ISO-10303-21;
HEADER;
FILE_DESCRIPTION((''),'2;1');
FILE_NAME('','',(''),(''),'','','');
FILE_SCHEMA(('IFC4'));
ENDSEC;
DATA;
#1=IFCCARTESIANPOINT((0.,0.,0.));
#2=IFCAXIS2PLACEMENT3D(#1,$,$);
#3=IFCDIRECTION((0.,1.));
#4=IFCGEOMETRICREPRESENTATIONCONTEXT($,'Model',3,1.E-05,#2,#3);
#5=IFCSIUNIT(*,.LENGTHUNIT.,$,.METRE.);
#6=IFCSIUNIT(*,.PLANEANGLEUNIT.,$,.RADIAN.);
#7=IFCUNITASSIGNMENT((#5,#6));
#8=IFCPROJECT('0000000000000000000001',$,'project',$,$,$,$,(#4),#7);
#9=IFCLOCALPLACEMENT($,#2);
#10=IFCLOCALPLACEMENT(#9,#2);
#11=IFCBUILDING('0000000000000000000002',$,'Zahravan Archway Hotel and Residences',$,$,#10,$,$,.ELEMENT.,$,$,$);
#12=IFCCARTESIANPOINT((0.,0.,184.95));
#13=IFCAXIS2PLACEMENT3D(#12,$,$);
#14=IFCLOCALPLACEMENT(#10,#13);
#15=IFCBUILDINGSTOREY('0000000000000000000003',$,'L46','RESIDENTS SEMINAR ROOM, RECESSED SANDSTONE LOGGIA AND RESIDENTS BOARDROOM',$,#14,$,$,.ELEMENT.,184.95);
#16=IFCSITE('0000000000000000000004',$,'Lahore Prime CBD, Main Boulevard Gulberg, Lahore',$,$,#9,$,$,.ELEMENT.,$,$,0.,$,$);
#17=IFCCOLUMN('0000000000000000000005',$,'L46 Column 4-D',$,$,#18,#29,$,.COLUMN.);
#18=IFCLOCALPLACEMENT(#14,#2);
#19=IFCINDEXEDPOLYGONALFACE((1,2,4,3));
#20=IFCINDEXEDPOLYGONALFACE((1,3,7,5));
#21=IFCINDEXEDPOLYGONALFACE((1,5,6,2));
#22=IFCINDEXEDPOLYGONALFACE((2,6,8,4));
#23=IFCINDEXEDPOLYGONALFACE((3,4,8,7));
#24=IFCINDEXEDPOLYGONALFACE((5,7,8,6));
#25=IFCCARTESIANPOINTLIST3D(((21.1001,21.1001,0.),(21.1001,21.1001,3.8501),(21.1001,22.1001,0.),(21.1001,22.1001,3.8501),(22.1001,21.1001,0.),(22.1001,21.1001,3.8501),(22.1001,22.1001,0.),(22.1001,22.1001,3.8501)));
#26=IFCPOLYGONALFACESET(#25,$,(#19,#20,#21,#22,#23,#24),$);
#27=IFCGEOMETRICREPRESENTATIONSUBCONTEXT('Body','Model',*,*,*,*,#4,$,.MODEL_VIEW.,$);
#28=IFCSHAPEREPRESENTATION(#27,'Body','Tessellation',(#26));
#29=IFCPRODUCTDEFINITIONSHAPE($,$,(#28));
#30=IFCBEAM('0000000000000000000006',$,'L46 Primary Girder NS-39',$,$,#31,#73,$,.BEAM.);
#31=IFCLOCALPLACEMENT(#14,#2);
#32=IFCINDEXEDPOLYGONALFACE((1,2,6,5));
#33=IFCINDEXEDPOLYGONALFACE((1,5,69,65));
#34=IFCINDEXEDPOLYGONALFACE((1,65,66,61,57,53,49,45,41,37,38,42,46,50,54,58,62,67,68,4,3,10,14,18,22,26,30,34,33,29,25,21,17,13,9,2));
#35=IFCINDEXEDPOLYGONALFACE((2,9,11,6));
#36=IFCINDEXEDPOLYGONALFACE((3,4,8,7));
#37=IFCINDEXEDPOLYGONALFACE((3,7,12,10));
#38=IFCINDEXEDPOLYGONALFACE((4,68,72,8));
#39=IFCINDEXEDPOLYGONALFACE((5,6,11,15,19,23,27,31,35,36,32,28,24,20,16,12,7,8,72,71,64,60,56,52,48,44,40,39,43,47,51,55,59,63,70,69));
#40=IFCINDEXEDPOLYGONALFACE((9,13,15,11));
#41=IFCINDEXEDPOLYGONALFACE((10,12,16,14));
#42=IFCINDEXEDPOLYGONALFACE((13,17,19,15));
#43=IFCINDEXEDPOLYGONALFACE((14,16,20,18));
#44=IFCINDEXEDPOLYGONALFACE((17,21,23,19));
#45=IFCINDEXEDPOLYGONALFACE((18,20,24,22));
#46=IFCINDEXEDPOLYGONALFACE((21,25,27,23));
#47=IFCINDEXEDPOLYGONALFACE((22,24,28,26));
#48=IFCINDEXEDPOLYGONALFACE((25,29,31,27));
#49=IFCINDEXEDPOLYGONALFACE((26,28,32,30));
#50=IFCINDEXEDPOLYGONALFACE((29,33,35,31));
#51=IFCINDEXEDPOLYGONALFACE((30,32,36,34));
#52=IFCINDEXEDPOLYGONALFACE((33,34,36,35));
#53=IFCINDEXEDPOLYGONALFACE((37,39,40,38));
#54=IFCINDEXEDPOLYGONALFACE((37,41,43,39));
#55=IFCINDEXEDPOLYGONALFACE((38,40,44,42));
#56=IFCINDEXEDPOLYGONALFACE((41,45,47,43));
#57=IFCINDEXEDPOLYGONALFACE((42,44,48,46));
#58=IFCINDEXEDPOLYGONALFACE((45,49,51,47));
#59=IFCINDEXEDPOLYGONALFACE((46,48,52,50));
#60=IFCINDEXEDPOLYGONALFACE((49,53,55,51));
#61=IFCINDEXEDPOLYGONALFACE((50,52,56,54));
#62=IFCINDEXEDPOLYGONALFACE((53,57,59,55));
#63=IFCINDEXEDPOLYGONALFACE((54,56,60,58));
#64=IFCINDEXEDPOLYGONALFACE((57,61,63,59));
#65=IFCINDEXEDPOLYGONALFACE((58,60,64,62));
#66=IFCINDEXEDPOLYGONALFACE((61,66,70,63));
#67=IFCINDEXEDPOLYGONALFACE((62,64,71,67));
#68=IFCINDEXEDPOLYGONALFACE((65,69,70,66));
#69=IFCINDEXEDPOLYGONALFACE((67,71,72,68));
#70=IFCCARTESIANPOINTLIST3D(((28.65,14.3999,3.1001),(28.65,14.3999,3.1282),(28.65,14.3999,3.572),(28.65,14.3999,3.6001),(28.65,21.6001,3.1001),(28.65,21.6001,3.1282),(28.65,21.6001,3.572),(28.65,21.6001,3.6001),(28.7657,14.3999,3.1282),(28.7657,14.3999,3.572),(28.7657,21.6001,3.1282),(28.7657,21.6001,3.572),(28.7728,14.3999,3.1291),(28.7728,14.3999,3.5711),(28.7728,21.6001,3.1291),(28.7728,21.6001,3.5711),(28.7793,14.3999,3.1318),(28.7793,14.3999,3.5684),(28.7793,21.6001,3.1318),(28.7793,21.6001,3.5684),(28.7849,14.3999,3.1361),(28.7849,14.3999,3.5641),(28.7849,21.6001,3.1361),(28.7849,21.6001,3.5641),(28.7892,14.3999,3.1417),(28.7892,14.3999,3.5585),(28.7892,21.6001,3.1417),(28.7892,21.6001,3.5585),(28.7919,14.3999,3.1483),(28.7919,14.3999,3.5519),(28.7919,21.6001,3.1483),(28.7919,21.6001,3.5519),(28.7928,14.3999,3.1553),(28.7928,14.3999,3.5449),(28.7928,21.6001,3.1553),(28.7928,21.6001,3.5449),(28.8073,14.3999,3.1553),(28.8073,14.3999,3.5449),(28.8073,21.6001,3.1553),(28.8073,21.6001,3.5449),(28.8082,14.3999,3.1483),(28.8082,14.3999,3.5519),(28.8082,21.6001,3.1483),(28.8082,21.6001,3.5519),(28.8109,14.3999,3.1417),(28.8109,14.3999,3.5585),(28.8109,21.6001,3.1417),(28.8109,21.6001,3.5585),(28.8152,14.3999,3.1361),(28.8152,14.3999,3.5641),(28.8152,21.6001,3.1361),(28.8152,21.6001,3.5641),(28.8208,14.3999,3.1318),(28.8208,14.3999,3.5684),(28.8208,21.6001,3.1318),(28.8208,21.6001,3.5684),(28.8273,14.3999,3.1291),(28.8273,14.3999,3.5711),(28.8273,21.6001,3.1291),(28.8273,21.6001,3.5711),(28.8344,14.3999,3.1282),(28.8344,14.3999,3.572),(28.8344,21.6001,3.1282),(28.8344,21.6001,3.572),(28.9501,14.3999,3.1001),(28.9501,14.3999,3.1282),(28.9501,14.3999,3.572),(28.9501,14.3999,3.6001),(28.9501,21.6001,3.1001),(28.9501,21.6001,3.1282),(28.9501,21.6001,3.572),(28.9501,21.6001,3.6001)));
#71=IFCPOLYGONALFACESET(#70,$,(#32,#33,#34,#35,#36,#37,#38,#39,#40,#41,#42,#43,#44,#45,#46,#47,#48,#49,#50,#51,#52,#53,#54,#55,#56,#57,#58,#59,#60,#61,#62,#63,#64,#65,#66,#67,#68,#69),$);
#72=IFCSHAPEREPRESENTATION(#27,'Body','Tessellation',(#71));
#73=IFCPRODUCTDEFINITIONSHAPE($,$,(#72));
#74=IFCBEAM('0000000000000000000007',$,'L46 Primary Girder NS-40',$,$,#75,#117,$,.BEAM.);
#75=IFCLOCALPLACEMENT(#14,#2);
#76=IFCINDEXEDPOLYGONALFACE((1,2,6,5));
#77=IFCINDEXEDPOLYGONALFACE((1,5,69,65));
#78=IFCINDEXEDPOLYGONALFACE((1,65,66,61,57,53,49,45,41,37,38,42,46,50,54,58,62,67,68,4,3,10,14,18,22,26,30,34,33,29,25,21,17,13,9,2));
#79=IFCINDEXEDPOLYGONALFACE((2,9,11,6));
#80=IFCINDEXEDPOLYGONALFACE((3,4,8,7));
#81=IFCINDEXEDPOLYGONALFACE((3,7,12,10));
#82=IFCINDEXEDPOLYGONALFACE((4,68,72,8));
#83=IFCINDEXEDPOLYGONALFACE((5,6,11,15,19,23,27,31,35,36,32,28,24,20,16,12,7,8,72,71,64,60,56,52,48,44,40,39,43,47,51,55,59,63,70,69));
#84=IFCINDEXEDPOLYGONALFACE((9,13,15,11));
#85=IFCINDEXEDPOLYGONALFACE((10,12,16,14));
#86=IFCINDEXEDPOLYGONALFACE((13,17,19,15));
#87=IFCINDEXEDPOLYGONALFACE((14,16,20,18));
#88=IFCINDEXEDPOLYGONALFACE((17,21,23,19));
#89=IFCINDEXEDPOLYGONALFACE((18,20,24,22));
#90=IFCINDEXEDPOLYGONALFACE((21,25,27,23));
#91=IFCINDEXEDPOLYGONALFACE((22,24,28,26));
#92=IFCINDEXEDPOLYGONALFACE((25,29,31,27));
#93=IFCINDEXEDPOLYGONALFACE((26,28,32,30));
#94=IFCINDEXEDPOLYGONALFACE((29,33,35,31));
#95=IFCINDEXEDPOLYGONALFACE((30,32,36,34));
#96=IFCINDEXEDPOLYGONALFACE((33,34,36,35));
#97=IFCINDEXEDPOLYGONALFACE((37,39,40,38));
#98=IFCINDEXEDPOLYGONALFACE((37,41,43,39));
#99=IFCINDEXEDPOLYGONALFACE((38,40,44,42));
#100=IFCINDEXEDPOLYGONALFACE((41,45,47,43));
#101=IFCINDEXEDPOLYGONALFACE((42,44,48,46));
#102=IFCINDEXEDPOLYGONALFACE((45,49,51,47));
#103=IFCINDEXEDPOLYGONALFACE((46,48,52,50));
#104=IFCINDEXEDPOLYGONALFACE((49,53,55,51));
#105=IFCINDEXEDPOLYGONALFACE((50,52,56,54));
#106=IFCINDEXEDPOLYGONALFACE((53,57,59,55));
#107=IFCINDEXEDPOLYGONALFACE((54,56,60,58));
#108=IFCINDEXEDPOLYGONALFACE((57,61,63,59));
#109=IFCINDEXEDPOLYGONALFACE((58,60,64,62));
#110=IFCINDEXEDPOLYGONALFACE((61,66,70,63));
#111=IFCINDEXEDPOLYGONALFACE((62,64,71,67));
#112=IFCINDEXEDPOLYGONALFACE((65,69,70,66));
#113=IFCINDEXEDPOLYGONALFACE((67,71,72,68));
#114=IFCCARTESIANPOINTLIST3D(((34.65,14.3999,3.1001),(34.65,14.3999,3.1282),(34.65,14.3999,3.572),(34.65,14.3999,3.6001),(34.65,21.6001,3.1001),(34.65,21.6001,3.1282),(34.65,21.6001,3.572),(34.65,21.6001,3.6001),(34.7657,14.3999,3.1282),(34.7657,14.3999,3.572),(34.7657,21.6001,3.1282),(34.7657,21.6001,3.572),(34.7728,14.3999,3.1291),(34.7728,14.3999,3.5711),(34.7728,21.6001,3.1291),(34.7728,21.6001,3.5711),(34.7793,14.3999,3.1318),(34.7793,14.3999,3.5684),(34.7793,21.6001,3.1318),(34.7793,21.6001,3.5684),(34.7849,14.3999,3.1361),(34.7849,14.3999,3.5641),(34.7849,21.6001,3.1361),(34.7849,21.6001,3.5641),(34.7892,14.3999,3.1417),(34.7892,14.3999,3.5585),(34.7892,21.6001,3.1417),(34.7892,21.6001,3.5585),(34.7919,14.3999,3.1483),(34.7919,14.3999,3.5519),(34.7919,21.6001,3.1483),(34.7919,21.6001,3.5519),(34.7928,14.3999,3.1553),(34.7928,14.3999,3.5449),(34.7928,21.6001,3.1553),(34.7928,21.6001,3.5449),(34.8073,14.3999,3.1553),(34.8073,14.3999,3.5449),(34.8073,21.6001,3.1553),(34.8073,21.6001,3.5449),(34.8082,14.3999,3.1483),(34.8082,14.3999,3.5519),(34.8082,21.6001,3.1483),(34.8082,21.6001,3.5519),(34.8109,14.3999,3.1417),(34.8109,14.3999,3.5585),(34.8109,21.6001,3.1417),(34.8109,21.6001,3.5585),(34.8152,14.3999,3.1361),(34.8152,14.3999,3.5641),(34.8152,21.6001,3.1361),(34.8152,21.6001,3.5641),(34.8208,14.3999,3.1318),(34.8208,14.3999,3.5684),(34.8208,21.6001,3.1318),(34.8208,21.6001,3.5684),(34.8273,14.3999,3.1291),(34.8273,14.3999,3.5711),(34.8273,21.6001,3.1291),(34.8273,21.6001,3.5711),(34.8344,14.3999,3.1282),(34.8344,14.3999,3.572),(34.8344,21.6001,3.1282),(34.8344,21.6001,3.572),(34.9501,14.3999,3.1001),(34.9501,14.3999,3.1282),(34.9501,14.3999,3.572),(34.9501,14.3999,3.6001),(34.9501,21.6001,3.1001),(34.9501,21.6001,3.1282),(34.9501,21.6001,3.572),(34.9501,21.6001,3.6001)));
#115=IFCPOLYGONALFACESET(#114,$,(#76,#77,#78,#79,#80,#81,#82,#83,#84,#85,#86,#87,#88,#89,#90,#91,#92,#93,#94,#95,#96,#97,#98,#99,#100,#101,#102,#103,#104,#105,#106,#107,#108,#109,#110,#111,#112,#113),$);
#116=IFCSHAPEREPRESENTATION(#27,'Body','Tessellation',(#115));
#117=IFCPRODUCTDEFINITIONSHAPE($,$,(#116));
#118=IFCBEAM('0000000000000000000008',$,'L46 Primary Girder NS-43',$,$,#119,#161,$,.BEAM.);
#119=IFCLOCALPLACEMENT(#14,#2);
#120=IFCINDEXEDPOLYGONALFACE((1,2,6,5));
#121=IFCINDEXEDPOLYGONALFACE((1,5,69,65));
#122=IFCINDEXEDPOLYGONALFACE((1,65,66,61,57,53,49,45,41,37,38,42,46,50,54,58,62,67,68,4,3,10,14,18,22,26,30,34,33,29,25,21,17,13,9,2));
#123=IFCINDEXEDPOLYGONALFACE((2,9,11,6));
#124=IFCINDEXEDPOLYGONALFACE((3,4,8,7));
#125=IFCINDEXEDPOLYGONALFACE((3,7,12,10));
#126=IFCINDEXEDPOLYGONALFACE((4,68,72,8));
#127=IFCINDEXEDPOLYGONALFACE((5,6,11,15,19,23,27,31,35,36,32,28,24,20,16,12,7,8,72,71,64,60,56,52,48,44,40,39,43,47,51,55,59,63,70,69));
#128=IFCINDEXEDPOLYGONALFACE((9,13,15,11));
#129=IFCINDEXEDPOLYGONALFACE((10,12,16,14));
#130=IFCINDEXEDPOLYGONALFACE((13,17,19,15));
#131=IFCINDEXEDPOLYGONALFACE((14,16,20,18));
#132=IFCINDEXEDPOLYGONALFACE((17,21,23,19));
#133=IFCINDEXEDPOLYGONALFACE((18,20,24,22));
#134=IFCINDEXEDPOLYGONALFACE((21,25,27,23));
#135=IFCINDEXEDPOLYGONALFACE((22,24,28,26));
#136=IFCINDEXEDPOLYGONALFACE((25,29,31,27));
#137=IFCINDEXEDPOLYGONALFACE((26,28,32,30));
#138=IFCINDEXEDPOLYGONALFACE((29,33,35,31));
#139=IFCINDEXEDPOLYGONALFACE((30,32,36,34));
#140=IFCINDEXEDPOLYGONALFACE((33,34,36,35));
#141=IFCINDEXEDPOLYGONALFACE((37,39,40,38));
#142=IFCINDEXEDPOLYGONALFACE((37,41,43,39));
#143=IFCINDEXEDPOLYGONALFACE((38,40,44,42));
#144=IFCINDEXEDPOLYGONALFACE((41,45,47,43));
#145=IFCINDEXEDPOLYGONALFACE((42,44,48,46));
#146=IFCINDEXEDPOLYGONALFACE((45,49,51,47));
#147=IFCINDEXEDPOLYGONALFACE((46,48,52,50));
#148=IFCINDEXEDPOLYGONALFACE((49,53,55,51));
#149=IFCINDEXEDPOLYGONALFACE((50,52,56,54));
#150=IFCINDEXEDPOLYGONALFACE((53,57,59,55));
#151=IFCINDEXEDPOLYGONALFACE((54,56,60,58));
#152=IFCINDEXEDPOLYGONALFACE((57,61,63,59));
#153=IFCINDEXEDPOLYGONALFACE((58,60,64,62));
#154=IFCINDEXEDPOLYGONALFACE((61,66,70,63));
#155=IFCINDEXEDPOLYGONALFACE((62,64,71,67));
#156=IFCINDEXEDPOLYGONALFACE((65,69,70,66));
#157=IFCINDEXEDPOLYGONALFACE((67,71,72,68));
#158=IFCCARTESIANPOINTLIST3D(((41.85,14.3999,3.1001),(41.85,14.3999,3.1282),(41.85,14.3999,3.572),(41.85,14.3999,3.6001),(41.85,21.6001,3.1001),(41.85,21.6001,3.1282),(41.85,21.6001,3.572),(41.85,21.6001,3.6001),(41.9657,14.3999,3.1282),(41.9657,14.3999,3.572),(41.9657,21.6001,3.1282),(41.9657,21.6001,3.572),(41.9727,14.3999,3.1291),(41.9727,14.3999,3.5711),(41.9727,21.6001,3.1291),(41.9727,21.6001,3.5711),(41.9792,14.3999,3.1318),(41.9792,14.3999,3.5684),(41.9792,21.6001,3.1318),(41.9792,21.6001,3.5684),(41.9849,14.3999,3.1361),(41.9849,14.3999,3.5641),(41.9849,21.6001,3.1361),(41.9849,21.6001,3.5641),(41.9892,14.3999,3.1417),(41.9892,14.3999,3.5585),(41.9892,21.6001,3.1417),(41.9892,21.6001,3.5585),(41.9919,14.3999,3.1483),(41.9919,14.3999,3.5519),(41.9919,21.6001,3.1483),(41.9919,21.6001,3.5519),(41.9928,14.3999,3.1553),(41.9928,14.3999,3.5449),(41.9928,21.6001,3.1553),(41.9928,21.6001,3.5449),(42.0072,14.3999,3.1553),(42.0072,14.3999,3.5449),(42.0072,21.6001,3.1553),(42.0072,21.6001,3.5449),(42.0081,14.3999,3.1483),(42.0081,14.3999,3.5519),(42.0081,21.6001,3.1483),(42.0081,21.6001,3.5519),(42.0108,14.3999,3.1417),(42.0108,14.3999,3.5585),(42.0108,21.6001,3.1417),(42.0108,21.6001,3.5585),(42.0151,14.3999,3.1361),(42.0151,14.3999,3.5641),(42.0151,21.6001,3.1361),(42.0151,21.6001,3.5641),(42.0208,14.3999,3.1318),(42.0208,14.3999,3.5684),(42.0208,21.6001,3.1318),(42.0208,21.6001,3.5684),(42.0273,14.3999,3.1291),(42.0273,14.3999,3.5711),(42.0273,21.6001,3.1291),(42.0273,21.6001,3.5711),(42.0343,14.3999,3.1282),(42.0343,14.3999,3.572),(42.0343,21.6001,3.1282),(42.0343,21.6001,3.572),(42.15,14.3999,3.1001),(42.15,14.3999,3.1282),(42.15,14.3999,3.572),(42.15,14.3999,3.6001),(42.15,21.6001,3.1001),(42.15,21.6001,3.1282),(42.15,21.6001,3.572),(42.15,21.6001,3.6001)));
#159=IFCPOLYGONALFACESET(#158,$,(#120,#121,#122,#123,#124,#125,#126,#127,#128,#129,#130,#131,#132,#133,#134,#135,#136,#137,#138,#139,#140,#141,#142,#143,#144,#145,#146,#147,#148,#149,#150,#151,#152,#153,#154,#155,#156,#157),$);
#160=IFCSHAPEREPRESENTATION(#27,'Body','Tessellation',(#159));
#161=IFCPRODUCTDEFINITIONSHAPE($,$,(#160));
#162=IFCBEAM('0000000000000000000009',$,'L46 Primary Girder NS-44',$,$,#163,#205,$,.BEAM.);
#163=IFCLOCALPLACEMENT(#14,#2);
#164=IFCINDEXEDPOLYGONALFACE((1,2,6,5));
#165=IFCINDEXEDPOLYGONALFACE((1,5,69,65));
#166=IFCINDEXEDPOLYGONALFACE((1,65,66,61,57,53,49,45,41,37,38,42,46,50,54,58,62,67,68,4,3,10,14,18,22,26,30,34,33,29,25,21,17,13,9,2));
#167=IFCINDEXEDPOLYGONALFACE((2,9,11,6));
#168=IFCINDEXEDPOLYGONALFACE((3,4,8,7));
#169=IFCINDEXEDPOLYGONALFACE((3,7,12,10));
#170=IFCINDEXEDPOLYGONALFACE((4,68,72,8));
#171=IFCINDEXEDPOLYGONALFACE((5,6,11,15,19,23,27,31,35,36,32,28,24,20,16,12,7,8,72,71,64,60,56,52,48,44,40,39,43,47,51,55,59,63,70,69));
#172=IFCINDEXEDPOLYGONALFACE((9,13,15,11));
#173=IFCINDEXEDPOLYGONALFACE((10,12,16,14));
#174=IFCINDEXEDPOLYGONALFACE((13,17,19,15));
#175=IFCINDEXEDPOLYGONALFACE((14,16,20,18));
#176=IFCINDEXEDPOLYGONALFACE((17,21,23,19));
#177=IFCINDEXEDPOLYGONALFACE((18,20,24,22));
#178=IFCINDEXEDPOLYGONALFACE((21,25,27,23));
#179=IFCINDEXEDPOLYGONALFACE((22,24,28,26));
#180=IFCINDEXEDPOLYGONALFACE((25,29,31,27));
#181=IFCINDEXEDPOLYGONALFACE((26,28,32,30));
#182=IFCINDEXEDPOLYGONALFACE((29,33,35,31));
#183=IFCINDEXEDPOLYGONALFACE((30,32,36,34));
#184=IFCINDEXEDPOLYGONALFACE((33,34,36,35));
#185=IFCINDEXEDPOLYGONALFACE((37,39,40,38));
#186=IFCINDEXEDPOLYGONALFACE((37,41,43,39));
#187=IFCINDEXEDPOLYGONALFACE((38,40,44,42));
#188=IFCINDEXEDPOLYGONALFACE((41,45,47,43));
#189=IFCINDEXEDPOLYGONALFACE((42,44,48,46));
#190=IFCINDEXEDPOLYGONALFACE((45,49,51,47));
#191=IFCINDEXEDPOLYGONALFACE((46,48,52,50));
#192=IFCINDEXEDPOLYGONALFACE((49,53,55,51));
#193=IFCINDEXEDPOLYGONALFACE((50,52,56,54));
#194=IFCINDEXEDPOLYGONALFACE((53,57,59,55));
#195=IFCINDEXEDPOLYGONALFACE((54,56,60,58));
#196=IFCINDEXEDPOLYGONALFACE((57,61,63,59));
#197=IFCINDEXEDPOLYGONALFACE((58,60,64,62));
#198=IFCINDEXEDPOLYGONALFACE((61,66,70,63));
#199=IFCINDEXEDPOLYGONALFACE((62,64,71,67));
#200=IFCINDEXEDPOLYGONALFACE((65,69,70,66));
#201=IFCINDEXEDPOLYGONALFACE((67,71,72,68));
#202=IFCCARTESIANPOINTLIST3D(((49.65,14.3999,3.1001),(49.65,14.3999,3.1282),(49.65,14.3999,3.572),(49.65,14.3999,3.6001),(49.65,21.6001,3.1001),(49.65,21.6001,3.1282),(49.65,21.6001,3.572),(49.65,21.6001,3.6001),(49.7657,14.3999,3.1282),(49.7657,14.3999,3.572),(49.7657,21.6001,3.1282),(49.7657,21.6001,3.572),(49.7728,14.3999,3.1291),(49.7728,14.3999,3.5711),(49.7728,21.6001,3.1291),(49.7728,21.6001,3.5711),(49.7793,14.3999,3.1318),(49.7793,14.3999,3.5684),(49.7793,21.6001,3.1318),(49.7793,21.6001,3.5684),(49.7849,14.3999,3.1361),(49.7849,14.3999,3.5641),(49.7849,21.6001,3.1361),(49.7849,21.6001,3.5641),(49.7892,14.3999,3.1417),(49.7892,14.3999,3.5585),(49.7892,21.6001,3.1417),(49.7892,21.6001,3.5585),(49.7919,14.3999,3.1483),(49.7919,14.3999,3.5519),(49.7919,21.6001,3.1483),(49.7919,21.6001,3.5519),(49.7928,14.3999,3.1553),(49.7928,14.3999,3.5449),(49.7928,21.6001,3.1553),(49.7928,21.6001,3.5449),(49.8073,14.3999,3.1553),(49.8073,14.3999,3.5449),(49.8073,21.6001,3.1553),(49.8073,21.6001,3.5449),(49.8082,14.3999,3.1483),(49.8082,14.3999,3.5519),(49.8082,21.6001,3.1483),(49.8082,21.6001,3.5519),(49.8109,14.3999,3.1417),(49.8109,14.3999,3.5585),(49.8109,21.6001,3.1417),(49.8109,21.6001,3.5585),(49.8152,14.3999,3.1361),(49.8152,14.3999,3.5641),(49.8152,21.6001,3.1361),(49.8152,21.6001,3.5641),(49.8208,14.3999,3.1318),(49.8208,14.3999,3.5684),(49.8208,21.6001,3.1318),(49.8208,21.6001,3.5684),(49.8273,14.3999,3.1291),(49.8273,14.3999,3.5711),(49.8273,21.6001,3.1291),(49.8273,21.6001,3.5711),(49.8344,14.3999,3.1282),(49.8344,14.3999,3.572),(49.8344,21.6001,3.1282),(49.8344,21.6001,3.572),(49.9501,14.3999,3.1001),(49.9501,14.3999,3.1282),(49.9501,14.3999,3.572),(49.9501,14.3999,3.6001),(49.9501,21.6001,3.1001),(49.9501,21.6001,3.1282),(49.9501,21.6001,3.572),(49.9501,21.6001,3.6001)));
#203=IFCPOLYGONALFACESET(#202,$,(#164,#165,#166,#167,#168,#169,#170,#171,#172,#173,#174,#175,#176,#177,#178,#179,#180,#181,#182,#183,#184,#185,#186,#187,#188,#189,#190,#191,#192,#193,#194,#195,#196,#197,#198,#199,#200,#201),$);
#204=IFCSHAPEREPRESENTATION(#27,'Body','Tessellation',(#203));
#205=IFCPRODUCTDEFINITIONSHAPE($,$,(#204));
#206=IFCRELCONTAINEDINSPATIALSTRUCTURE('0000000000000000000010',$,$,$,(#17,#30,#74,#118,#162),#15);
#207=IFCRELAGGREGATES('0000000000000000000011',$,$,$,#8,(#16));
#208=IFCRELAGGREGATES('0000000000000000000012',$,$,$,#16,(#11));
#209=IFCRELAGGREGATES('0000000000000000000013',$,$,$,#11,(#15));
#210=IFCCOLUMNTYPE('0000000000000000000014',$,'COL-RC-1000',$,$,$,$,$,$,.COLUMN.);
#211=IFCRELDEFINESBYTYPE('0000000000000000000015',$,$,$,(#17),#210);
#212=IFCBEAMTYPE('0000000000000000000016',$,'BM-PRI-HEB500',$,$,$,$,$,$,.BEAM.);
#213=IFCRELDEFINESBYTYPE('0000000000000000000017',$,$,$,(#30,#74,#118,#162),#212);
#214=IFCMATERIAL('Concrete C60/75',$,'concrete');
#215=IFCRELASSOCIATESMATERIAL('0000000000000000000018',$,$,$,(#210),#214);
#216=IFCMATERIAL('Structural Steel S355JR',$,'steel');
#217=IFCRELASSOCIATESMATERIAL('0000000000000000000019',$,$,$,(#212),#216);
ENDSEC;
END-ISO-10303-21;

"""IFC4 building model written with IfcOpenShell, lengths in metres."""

from ifc_helpers import new_model, si_unit, direction, frame, origin, origin_2d, place, context, subcontext, project, spatial, rectangle, i_section, extrude, source, transform, mapped, material, material_profile, profile_set, type_object, type_shapes, element, save


model = new_model("IFC4")

# Units and contexts
model_context = context("Model", 3, precision=1e-05, world=origin(), true_north=direction((0.0, 1.0)))
body_context = subcontext(model_context, "Body", "Model", "MODEL_VIEW")
ifc_project = project(units=[si_unit("LENGTHUNIT", "METRE"), si_unit("PLANEANGLEUNIT", "RADIAN")], contexts=[model_context])

# Site, building, storey
site_placement = place(None, origin())
site = spatial("IfcSite", under=ifc_project, at=site_placement, Name="Lahore Prime CBD, Main Boulevard Gulberg, Lahore", CompositionType="ELEMENT", RefElevation=0.0)
building_placement = place(site_placement, origin())
building = spatial("IfcBuilding", under=site, at=building_placement, Name="Zahravan Archway Hotel and Residences", CompositionType="ELEMENT")
storey_placement = place(building_placement, frame((0.0, 0.0, 184.95)))
storey = spatial("IfcBuildingStorey", under=building, at=storey_placement, Name="L46", Description="RESIDENTS SEMINAR ROOM, RECESSED SANDSTONE LOGGIA AND RESIDENTS BOARDROOM", CompositionType="ELEMENT", Elevation=184.95)

# Column
ifc_material_1 = material(Name="Concrete C60/75", Category="concrete")
ifc_material_profile_1 = material_profile(ifc_material_1, rectangle(XDim=1.0, YDim=1.0, at=origin_2d()), Name="RC-COL-1000x1000", Category="concrete")
ifc_profile_set_1 = profile_set([ifc_material_profile_1], Name="Concrete C60/75")
column_type = type_object("IfcColumnType", Name="COL-RC-1000", PredefinedType="COLUMN", material=ifc_profile_set_1)
shared_shape_1 = source(origin(), body_context, "Body", "SweptSolid", [
    extrude(rectangle(XDim=1.0, YDim=1.0, at=origin_2d()), origin(), (0.0, 0.0, 1.0), 3.8501),
])
column_placement = place(storey_placement, frame((21.6001, 21.6001, 0.0), z_axis=(0.0, 0.0, 1.0), x_axis=(1.0, 0.0, 0.0)))
element("IfcColumn", 1, at=column_placement, inside=storey, type_object=column_type, Name="L46 Column 4-D", PredefinedType="COLUMN", context=body_context, shape_type="MappedRepresentation", body=[
    mapped(shared_shape_1, transform((0.0, 0.0, 0.0), scale=1.0)),
])

# Beams
ifc_material_2 = material(Name="Structural Steel S355JR", Category="steel")
ifc_material_profile_2 = material_profile(ifc_material_2, i_section(OverallWidth=0.3, OverallDepth=0.5, WebThickness=0.0144, FlangeThickness=0.0281, FilletRadius=0.0271, at=origin_2d()), Name="HEB 500", Category="steel")
ifc_profile_set_2 = profile_set([ifc_material_profile_2], Name="Structural Steel S355JR")
beam_type_1 = type_object("IfcBeamType", Name="BM-PRI-HEB500", PredefinedType="BEAM", material=ifc_profile_set_2)
shared_shape_2 = source(origin(), body_context, "Body", "SweptSolid", [
    extrude(i_section(OverallWidth=0.3, OverallDepth=0.5, WebThickness=0.0144, FlangeThickness=0.0281, FilletRadius=0.0271, at=origin_2d()), origin(), (0.0, 0.0, 1.0), 7.2002),
])
type_shapes(beam_type_1, [shared_shape_2])
for number, where, z_axis, x_axis, name in (
    (2, (28.8, 14.3999, 3.3501), (0.0, 1.0, 0.0), (-1.0, 0.0, 0.0), "L46 Primary Girder NS-39"),
    (3, (34.8, 14.3999, 3.3501), (0.0, 1.0, 0.0), (-1.0, 0.0, 0.0), "L46 Primary Girder NS-40"),
    (4, (42.0, 14.3999, 3.3501), (0.0, 1.0, 0.0), (-1.0, 0.0, 0.0), "L46 Primary Girder NS-43"),
    (5, (49.8, 14.3999, 3.3501), (0.0, 1.0, 0.0), (-1.0, 0.0, 0.0), "L46 Primary Girder NS-44"),
):
    element("IfcBeam", number, at=place(storey_placement, frame(where, z_axis=z_axis, x_axis=x_axis)), inside=storey, type_object=beam_type_1, Name=name, PredefinedType="BEAM", context=body_context, shape_type="MappedRepresentation", body=[
        mapped(shared_shape_2, transform((0.0, 0.0, 0.0), scale=1.0)),
    ])

save(model, "model.ifc")
